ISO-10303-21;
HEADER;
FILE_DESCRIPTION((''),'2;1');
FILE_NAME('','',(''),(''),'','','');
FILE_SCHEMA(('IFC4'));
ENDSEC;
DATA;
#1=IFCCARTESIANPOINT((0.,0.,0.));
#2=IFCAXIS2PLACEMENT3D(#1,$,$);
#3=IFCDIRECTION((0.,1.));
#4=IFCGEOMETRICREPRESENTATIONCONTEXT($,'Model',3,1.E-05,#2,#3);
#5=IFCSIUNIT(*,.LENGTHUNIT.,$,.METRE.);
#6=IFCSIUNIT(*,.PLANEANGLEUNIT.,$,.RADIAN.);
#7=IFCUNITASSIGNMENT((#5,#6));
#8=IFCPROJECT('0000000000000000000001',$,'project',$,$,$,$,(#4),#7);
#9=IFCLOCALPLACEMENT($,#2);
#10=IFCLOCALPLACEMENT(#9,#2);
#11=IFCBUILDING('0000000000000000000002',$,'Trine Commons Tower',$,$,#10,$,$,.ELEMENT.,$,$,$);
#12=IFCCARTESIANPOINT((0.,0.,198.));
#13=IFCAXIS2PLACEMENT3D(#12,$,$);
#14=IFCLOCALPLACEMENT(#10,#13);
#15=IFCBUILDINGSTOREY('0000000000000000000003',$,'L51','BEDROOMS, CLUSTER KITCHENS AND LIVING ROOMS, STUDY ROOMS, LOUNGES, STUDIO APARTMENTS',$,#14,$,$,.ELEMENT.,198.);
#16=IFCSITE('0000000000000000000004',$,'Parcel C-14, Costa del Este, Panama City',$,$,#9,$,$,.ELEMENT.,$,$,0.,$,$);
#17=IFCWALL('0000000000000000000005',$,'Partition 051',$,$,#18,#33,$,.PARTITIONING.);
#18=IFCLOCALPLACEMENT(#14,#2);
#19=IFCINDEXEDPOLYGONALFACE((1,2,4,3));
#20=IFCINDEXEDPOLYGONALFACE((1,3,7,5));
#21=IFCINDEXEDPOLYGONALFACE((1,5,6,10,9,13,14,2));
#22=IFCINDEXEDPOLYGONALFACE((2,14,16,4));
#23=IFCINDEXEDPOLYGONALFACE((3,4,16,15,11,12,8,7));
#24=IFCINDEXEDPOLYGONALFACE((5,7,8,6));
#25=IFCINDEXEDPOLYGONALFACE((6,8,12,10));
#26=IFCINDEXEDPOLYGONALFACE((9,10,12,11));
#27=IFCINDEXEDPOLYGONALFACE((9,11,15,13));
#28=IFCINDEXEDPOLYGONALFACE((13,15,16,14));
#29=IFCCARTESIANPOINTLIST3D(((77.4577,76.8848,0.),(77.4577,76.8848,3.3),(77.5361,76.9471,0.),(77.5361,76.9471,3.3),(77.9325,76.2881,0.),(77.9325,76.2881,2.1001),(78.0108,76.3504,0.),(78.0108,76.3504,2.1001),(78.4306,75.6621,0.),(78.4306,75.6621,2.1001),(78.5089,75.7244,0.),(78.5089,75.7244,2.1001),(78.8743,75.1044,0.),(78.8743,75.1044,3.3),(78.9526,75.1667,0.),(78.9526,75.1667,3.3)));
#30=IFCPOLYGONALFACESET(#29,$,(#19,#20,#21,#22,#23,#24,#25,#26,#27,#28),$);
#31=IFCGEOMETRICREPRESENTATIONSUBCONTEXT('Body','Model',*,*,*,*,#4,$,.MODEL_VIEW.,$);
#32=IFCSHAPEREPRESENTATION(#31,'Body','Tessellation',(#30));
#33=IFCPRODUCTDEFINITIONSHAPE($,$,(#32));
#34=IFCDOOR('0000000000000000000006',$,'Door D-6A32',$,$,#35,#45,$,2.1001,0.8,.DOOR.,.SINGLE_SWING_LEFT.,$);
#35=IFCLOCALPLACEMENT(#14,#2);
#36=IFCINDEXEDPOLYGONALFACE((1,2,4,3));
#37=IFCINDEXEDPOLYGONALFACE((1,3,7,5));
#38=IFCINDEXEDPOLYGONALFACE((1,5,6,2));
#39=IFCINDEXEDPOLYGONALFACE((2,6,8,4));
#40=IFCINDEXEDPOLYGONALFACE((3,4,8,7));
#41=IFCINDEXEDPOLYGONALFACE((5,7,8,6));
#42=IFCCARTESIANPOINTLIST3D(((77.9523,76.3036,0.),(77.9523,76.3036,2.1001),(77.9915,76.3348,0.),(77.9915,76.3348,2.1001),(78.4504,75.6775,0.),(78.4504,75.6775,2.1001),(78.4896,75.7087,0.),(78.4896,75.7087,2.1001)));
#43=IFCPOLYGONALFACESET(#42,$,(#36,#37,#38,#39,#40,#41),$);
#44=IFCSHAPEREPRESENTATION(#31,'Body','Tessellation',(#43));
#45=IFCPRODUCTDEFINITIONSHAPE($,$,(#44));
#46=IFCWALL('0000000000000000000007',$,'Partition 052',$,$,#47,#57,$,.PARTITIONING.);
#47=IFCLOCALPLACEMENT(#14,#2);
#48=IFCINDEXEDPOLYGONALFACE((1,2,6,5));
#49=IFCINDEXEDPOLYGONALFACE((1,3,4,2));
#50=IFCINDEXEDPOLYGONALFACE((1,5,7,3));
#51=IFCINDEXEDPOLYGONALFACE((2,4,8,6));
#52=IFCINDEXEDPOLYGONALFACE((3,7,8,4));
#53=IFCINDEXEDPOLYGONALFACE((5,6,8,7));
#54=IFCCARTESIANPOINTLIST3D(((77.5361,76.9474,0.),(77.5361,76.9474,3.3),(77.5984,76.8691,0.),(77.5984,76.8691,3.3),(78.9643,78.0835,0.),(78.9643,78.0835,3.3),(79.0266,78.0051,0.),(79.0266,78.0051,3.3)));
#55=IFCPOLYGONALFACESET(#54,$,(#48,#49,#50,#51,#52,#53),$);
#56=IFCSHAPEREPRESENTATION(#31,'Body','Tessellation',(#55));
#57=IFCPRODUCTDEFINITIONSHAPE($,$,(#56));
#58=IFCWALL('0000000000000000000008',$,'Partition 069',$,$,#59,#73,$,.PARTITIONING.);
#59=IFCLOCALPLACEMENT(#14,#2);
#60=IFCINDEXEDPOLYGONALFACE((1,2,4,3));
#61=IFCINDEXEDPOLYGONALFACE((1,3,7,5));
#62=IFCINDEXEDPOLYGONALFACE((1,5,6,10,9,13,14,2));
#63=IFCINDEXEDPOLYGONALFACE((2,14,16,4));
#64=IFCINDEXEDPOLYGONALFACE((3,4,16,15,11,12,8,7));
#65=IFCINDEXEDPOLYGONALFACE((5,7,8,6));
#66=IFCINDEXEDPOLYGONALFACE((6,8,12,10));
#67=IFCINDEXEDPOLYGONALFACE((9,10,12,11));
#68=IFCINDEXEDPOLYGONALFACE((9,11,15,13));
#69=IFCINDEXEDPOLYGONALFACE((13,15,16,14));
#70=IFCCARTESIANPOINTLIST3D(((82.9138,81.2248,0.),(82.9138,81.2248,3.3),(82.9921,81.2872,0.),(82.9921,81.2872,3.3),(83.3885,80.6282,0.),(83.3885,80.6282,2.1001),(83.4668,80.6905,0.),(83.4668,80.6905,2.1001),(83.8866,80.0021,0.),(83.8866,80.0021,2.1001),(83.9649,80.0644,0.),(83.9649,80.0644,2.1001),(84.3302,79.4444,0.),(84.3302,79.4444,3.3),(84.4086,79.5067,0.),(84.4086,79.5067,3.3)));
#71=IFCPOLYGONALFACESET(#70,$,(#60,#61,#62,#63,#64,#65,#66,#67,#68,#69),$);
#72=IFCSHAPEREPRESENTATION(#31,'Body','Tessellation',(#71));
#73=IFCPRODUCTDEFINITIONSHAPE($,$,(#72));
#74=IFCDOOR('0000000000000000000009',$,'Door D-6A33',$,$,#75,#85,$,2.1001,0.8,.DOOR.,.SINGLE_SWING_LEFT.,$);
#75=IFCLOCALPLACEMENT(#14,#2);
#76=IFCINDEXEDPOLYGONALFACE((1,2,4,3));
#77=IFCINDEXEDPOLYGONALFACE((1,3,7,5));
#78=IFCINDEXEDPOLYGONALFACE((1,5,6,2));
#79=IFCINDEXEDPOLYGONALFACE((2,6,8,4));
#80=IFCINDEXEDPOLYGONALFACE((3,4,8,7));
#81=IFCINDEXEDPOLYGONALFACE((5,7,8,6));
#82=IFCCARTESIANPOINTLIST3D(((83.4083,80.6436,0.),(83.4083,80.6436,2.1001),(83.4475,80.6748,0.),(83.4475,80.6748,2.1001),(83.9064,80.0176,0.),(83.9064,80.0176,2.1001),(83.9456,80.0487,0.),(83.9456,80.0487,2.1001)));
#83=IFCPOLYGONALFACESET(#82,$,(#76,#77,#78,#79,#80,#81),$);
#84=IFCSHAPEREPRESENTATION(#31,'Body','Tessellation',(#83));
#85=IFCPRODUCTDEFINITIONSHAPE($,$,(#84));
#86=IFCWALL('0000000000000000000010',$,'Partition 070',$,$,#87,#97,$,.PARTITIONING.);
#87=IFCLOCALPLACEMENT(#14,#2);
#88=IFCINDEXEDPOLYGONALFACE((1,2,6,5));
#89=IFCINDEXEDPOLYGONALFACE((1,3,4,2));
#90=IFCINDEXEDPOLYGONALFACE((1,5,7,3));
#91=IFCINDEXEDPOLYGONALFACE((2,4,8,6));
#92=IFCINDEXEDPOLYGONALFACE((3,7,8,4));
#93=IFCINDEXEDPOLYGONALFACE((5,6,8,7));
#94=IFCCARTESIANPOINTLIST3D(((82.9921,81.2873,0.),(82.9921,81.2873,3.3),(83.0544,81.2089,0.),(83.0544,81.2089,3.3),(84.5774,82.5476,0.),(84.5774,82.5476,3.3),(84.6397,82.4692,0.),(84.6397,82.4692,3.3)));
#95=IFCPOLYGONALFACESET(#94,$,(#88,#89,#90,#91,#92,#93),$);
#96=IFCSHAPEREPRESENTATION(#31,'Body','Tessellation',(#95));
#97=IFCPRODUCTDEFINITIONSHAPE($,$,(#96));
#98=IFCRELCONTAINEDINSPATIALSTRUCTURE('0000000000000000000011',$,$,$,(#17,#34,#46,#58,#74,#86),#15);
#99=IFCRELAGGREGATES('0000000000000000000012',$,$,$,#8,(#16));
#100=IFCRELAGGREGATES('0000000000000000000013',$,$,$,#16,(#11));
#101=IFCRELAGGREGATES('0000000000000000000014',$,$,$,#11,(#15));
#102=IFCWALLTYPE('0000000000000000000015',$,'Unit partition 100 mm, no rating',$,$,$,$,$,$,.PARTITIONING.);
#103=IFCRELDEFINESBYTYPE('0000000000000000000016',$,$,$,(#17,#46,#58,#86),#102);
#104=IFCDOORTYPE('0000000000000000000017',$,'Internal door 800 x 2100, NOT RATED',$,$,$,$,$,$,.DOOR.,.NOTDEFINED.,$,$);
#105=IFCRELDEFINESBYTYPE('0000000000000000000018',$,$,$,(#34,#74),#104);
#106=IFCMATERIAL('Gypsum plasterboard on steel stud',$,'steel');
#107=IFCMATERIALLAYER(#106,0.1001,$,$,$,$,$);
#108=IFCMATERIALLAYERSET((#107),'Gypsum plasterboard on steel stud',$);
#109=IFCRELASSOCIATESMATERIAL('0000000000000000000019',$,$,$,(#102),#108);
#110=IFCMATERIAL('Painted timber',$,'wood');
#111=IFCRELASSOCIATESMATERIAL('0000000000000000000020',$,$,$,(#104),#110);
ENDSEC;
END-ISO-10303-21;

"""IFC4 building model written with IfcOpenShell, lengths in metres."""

from ifc_helpers import new_model, si_unit, direction, frame, frame_2d, origin, place, context, subcontext, project, spatial, rectangle, extrude, material, layer, layer_set, type_object, element, fill, save


model = new_model("IFC4")

# Units and contexts
model_context = context("Model", 3, precision=1e-05, world=origin(), true_north=direction((0.0, 1.0)))
body_context = subcontext(model_context, "Body", "Model", "MODEL_VIEW")
ifc_project = project(units=[si_unit("LENGTHUNIT", "METRE"), si_unit("PLANEANGLEUNIT", "RADIAN")], contexts=[model_context])

# Site, building, storey
site_placement = place(None, origin())
site = spatial("IfcSite", under=ifc_project, at=site_placement, Name="Parcel C-14, Costa del Este, Panama City", CompositionType="ELEMENT", RefElevation=0.0)
building_placement = place(site_placement, origin())
building = spatial("IfcBuilding", under=site, at=building_placement, Name="Trine Commons Tower", CompositionType="ELEMENT")
storey_placement = place(building_placement, frame((0.0, 0.0, 198.0)))
storey = spatial("IfcBuildingStorey", under=building, at=storey_placement, Name="L51", Description="BEDROOMS, CLUSTER KITCHENS AND LIVING ROOMS, STUDY ROOMS, LOUNGES, STUDIO APARTMENTS", CompositionType="ELEMENT", Elevation=198.0)

# Shared definitions
ifc_material_1 = material(Name="Gypsum plasterboard on steel stud", Category="steel")

# Shared definitions
ifc_material_2 = material(Name="Painted timber", Category="wood")

# Wall, opening, door
ifc_layer_1 = layer(ifc_material_1, 0.1001)
ifc_layer_set_1 = layer_set([ifc_layer_1], Name="Gypsum plasterboard on steel stud")
wall_type_1 = type_object("IfcWallType", Name="Unit partition 100 mm, no rating", PredefinedType="PARTITIONING", material=ifc_layer_set_1)
wall_1_placement = place(storey_placement, frame((77.4968, 76.916, 0.0), z_axis=(0.0, 0.0, 1.0), x_axis=(0.622625, -0.78252, 0.0)))
wall_1 = element("IfcWall", 1, at=wall_1_placement, inside=storey, type_object=wall_type_1, Name="Partition 051", PredefinedType="PARTITIONING", context=body_context, shape_type="SweptSolid", body=[
    extrude(rectangle(XDim=2.2751, YDim=0.1001, at=frame_2d((1.1377, 0.0))), origin(), (0.0, 0.0, 1.0), 3.3),
])
opening_1_placement = place(wall_1_placement, frame((0.7627, 0.0, 0.0)))
opening_1 = element("IfcOpeningElement", 2, at=opening_1_placement, cuts=wall_1, PredefinedType="OPENING", context=body_context, shape_type="SweptSolid", body=[
    extrude(rectangle(XDim=0.8, YDim=2.1001, at=frame_2d((0.3999, 1.05))), frame((0.0, 0.0601, 0.0), z_axis=(0.0, -1.0, 0.0), x_axis=(1.0, 0.0, 0.0)), (0.0, 0.0, 1.0), 0.1201),
])
door_type_1 = type_object("IfcDoorType", Name="Internal door 800 x 2100, NOT RATED", OperationType="NOTDEFINED", PredefinedType="DOOR", material=ifc_material_2)
door_1_placement = place(opening_1_placement, frame((0.8, 0.0, 0.0), z_axis=(0.0, 0.0, 1.0), x_axis=(-1.0, 0.0, 0.0)))
door_1 = element("IfcDoor", 3, at=door_1_placement, inside=storey, type_object=door_type_1, Name="Door D-6A32", OperationType="SINGLE_SWING_LEFT", OverallHeight=2.1001, OverallWidth=0.8, PredefinedType="DOOR", context=body_context, shape_type="SweptSolid", body=[
    extrude(rectangle(XDim=0.8, YDim=2.1001, at=frame_2d((0.3999, 1.05))), frame((0.0, 0.0249, 0.0), z_axis=(0.0, -1.0, 0.0), x_axis=(1.0, 0.0, 0.0)), (0.0, 0.0, 1.0), 0.05),
])
fill(opening_1, door_1)

# Wall
wall_2_placement = place(storey_placement, frame((77.5671, 76.9082, 0.0), z_axis=(0.0, 0.0, 1.0), x_axis=(0.782628, 0.62249, 0.0)))
element("IfcWall", 4, at=wall_2_placement, inside=storey, type_object=wall_type_1, Name="Partition 052", PredefinedType="PARTITIONING", context=body_context, shape_type="SweptSolid", body=[
    extrude(rectangle(XDim=1.825, YDim=0.1001, at=frame_2d((0.9126, 0.0))), origin(), (0.0, 0.0, 1.0), 3.3),
])

# Wall, opening, door
wall_3_placement = place(storey_placement, frame((82.9529, 81.2561, 0.0), z_axis=(0.0, 0.0, 1.0), x_axis=(0.622573, -0.782562, 0.0)))
wall_3 = element("IfcWall", 5, at=wall_3_placement, inside=storey, type_object=wall_type_1, Name="Partition 069", PredefinedType="PARTITIONING", context=body_context, shape_type="SweptSolid", body=[
    extrude(rectangle(XDim=2.2751, YDim=0.1001, at=frame_2d((1.1377, 0.0))), origin(), (0.0, 0.0, 1.0), 3.3),
])
opening_2_placement = place(wall_3_placement, frame((0.7627, 0.0, 0.0)))
opening_2 = element("IfcOpeningElement", 6, at=opening_2_placement, cuts=wall_3, PredefinedType="OPENING", context=body_context, shape_type="SweptSolid", body=[
    extrude(rectangle(XDim=0.8, YDim=2.1001, at=frame_2d((0.3999, 1.05))), frame((0.0, 0.0601, 0.0), z_axis=(0.0, -1.0, 0.0), x_axis=(1.0, 0.0, 0.0)), (0.0, 0.0, 1.0), 0.1201),
])
door_2_placement = place(opening_2_placement, frame((0.8, 0.0, 0.0), z_axis=(0.0, 0.0, 1.0), x_axis=(-1.0, 0.0, 0.0)))
door_2 = element("IfcDoor", 7, at=door_2_placement, inside=storey, type_object=door_type_1, Name="Door D-6A33", OperationType="SINGLE_SWING_LEFT", OverallHeight=2.1001, OverallWidth=0.8, PredefinedType="DOOR", context=body_context, shape_type="SweptSolid", body=[
    extrude(rectangle(XDim=0.8, YDim=2.1001, at=frame_2d((0.3999, 1.05))), frame((0.0, 0.0249, 0.0), z_axis=(0.0, -1.0, 0.0), x_axis=(1.0, 0.0, 0.0)), (0.0, 0.0, 1.0), 0.05),
])
fill(opening_2, door_2)

# Wall
wall_4_placement = place(storey_placement, frame((83.0232, 81.248, 0.0), z_axis=(0.0, 0.0, 1.0), x_axis=(0.782771, 0.62231, 0.0)))
element("IfcWall", 8, at=wall_4_placement, inside=storey, type_object=wall_type_1, Name="Partition 070", PredefinedType="PARTITIONING", context=body_context, shape_type="SweptSolid", body=[
    extrude(rectangle(XDim=2.0251, YDim=0.1001, at=frame_2d((1.0127, 0.0))), origin(), (0.0, 0.0, 1.0), 3.3),
])

save(model, "model.ifc")
